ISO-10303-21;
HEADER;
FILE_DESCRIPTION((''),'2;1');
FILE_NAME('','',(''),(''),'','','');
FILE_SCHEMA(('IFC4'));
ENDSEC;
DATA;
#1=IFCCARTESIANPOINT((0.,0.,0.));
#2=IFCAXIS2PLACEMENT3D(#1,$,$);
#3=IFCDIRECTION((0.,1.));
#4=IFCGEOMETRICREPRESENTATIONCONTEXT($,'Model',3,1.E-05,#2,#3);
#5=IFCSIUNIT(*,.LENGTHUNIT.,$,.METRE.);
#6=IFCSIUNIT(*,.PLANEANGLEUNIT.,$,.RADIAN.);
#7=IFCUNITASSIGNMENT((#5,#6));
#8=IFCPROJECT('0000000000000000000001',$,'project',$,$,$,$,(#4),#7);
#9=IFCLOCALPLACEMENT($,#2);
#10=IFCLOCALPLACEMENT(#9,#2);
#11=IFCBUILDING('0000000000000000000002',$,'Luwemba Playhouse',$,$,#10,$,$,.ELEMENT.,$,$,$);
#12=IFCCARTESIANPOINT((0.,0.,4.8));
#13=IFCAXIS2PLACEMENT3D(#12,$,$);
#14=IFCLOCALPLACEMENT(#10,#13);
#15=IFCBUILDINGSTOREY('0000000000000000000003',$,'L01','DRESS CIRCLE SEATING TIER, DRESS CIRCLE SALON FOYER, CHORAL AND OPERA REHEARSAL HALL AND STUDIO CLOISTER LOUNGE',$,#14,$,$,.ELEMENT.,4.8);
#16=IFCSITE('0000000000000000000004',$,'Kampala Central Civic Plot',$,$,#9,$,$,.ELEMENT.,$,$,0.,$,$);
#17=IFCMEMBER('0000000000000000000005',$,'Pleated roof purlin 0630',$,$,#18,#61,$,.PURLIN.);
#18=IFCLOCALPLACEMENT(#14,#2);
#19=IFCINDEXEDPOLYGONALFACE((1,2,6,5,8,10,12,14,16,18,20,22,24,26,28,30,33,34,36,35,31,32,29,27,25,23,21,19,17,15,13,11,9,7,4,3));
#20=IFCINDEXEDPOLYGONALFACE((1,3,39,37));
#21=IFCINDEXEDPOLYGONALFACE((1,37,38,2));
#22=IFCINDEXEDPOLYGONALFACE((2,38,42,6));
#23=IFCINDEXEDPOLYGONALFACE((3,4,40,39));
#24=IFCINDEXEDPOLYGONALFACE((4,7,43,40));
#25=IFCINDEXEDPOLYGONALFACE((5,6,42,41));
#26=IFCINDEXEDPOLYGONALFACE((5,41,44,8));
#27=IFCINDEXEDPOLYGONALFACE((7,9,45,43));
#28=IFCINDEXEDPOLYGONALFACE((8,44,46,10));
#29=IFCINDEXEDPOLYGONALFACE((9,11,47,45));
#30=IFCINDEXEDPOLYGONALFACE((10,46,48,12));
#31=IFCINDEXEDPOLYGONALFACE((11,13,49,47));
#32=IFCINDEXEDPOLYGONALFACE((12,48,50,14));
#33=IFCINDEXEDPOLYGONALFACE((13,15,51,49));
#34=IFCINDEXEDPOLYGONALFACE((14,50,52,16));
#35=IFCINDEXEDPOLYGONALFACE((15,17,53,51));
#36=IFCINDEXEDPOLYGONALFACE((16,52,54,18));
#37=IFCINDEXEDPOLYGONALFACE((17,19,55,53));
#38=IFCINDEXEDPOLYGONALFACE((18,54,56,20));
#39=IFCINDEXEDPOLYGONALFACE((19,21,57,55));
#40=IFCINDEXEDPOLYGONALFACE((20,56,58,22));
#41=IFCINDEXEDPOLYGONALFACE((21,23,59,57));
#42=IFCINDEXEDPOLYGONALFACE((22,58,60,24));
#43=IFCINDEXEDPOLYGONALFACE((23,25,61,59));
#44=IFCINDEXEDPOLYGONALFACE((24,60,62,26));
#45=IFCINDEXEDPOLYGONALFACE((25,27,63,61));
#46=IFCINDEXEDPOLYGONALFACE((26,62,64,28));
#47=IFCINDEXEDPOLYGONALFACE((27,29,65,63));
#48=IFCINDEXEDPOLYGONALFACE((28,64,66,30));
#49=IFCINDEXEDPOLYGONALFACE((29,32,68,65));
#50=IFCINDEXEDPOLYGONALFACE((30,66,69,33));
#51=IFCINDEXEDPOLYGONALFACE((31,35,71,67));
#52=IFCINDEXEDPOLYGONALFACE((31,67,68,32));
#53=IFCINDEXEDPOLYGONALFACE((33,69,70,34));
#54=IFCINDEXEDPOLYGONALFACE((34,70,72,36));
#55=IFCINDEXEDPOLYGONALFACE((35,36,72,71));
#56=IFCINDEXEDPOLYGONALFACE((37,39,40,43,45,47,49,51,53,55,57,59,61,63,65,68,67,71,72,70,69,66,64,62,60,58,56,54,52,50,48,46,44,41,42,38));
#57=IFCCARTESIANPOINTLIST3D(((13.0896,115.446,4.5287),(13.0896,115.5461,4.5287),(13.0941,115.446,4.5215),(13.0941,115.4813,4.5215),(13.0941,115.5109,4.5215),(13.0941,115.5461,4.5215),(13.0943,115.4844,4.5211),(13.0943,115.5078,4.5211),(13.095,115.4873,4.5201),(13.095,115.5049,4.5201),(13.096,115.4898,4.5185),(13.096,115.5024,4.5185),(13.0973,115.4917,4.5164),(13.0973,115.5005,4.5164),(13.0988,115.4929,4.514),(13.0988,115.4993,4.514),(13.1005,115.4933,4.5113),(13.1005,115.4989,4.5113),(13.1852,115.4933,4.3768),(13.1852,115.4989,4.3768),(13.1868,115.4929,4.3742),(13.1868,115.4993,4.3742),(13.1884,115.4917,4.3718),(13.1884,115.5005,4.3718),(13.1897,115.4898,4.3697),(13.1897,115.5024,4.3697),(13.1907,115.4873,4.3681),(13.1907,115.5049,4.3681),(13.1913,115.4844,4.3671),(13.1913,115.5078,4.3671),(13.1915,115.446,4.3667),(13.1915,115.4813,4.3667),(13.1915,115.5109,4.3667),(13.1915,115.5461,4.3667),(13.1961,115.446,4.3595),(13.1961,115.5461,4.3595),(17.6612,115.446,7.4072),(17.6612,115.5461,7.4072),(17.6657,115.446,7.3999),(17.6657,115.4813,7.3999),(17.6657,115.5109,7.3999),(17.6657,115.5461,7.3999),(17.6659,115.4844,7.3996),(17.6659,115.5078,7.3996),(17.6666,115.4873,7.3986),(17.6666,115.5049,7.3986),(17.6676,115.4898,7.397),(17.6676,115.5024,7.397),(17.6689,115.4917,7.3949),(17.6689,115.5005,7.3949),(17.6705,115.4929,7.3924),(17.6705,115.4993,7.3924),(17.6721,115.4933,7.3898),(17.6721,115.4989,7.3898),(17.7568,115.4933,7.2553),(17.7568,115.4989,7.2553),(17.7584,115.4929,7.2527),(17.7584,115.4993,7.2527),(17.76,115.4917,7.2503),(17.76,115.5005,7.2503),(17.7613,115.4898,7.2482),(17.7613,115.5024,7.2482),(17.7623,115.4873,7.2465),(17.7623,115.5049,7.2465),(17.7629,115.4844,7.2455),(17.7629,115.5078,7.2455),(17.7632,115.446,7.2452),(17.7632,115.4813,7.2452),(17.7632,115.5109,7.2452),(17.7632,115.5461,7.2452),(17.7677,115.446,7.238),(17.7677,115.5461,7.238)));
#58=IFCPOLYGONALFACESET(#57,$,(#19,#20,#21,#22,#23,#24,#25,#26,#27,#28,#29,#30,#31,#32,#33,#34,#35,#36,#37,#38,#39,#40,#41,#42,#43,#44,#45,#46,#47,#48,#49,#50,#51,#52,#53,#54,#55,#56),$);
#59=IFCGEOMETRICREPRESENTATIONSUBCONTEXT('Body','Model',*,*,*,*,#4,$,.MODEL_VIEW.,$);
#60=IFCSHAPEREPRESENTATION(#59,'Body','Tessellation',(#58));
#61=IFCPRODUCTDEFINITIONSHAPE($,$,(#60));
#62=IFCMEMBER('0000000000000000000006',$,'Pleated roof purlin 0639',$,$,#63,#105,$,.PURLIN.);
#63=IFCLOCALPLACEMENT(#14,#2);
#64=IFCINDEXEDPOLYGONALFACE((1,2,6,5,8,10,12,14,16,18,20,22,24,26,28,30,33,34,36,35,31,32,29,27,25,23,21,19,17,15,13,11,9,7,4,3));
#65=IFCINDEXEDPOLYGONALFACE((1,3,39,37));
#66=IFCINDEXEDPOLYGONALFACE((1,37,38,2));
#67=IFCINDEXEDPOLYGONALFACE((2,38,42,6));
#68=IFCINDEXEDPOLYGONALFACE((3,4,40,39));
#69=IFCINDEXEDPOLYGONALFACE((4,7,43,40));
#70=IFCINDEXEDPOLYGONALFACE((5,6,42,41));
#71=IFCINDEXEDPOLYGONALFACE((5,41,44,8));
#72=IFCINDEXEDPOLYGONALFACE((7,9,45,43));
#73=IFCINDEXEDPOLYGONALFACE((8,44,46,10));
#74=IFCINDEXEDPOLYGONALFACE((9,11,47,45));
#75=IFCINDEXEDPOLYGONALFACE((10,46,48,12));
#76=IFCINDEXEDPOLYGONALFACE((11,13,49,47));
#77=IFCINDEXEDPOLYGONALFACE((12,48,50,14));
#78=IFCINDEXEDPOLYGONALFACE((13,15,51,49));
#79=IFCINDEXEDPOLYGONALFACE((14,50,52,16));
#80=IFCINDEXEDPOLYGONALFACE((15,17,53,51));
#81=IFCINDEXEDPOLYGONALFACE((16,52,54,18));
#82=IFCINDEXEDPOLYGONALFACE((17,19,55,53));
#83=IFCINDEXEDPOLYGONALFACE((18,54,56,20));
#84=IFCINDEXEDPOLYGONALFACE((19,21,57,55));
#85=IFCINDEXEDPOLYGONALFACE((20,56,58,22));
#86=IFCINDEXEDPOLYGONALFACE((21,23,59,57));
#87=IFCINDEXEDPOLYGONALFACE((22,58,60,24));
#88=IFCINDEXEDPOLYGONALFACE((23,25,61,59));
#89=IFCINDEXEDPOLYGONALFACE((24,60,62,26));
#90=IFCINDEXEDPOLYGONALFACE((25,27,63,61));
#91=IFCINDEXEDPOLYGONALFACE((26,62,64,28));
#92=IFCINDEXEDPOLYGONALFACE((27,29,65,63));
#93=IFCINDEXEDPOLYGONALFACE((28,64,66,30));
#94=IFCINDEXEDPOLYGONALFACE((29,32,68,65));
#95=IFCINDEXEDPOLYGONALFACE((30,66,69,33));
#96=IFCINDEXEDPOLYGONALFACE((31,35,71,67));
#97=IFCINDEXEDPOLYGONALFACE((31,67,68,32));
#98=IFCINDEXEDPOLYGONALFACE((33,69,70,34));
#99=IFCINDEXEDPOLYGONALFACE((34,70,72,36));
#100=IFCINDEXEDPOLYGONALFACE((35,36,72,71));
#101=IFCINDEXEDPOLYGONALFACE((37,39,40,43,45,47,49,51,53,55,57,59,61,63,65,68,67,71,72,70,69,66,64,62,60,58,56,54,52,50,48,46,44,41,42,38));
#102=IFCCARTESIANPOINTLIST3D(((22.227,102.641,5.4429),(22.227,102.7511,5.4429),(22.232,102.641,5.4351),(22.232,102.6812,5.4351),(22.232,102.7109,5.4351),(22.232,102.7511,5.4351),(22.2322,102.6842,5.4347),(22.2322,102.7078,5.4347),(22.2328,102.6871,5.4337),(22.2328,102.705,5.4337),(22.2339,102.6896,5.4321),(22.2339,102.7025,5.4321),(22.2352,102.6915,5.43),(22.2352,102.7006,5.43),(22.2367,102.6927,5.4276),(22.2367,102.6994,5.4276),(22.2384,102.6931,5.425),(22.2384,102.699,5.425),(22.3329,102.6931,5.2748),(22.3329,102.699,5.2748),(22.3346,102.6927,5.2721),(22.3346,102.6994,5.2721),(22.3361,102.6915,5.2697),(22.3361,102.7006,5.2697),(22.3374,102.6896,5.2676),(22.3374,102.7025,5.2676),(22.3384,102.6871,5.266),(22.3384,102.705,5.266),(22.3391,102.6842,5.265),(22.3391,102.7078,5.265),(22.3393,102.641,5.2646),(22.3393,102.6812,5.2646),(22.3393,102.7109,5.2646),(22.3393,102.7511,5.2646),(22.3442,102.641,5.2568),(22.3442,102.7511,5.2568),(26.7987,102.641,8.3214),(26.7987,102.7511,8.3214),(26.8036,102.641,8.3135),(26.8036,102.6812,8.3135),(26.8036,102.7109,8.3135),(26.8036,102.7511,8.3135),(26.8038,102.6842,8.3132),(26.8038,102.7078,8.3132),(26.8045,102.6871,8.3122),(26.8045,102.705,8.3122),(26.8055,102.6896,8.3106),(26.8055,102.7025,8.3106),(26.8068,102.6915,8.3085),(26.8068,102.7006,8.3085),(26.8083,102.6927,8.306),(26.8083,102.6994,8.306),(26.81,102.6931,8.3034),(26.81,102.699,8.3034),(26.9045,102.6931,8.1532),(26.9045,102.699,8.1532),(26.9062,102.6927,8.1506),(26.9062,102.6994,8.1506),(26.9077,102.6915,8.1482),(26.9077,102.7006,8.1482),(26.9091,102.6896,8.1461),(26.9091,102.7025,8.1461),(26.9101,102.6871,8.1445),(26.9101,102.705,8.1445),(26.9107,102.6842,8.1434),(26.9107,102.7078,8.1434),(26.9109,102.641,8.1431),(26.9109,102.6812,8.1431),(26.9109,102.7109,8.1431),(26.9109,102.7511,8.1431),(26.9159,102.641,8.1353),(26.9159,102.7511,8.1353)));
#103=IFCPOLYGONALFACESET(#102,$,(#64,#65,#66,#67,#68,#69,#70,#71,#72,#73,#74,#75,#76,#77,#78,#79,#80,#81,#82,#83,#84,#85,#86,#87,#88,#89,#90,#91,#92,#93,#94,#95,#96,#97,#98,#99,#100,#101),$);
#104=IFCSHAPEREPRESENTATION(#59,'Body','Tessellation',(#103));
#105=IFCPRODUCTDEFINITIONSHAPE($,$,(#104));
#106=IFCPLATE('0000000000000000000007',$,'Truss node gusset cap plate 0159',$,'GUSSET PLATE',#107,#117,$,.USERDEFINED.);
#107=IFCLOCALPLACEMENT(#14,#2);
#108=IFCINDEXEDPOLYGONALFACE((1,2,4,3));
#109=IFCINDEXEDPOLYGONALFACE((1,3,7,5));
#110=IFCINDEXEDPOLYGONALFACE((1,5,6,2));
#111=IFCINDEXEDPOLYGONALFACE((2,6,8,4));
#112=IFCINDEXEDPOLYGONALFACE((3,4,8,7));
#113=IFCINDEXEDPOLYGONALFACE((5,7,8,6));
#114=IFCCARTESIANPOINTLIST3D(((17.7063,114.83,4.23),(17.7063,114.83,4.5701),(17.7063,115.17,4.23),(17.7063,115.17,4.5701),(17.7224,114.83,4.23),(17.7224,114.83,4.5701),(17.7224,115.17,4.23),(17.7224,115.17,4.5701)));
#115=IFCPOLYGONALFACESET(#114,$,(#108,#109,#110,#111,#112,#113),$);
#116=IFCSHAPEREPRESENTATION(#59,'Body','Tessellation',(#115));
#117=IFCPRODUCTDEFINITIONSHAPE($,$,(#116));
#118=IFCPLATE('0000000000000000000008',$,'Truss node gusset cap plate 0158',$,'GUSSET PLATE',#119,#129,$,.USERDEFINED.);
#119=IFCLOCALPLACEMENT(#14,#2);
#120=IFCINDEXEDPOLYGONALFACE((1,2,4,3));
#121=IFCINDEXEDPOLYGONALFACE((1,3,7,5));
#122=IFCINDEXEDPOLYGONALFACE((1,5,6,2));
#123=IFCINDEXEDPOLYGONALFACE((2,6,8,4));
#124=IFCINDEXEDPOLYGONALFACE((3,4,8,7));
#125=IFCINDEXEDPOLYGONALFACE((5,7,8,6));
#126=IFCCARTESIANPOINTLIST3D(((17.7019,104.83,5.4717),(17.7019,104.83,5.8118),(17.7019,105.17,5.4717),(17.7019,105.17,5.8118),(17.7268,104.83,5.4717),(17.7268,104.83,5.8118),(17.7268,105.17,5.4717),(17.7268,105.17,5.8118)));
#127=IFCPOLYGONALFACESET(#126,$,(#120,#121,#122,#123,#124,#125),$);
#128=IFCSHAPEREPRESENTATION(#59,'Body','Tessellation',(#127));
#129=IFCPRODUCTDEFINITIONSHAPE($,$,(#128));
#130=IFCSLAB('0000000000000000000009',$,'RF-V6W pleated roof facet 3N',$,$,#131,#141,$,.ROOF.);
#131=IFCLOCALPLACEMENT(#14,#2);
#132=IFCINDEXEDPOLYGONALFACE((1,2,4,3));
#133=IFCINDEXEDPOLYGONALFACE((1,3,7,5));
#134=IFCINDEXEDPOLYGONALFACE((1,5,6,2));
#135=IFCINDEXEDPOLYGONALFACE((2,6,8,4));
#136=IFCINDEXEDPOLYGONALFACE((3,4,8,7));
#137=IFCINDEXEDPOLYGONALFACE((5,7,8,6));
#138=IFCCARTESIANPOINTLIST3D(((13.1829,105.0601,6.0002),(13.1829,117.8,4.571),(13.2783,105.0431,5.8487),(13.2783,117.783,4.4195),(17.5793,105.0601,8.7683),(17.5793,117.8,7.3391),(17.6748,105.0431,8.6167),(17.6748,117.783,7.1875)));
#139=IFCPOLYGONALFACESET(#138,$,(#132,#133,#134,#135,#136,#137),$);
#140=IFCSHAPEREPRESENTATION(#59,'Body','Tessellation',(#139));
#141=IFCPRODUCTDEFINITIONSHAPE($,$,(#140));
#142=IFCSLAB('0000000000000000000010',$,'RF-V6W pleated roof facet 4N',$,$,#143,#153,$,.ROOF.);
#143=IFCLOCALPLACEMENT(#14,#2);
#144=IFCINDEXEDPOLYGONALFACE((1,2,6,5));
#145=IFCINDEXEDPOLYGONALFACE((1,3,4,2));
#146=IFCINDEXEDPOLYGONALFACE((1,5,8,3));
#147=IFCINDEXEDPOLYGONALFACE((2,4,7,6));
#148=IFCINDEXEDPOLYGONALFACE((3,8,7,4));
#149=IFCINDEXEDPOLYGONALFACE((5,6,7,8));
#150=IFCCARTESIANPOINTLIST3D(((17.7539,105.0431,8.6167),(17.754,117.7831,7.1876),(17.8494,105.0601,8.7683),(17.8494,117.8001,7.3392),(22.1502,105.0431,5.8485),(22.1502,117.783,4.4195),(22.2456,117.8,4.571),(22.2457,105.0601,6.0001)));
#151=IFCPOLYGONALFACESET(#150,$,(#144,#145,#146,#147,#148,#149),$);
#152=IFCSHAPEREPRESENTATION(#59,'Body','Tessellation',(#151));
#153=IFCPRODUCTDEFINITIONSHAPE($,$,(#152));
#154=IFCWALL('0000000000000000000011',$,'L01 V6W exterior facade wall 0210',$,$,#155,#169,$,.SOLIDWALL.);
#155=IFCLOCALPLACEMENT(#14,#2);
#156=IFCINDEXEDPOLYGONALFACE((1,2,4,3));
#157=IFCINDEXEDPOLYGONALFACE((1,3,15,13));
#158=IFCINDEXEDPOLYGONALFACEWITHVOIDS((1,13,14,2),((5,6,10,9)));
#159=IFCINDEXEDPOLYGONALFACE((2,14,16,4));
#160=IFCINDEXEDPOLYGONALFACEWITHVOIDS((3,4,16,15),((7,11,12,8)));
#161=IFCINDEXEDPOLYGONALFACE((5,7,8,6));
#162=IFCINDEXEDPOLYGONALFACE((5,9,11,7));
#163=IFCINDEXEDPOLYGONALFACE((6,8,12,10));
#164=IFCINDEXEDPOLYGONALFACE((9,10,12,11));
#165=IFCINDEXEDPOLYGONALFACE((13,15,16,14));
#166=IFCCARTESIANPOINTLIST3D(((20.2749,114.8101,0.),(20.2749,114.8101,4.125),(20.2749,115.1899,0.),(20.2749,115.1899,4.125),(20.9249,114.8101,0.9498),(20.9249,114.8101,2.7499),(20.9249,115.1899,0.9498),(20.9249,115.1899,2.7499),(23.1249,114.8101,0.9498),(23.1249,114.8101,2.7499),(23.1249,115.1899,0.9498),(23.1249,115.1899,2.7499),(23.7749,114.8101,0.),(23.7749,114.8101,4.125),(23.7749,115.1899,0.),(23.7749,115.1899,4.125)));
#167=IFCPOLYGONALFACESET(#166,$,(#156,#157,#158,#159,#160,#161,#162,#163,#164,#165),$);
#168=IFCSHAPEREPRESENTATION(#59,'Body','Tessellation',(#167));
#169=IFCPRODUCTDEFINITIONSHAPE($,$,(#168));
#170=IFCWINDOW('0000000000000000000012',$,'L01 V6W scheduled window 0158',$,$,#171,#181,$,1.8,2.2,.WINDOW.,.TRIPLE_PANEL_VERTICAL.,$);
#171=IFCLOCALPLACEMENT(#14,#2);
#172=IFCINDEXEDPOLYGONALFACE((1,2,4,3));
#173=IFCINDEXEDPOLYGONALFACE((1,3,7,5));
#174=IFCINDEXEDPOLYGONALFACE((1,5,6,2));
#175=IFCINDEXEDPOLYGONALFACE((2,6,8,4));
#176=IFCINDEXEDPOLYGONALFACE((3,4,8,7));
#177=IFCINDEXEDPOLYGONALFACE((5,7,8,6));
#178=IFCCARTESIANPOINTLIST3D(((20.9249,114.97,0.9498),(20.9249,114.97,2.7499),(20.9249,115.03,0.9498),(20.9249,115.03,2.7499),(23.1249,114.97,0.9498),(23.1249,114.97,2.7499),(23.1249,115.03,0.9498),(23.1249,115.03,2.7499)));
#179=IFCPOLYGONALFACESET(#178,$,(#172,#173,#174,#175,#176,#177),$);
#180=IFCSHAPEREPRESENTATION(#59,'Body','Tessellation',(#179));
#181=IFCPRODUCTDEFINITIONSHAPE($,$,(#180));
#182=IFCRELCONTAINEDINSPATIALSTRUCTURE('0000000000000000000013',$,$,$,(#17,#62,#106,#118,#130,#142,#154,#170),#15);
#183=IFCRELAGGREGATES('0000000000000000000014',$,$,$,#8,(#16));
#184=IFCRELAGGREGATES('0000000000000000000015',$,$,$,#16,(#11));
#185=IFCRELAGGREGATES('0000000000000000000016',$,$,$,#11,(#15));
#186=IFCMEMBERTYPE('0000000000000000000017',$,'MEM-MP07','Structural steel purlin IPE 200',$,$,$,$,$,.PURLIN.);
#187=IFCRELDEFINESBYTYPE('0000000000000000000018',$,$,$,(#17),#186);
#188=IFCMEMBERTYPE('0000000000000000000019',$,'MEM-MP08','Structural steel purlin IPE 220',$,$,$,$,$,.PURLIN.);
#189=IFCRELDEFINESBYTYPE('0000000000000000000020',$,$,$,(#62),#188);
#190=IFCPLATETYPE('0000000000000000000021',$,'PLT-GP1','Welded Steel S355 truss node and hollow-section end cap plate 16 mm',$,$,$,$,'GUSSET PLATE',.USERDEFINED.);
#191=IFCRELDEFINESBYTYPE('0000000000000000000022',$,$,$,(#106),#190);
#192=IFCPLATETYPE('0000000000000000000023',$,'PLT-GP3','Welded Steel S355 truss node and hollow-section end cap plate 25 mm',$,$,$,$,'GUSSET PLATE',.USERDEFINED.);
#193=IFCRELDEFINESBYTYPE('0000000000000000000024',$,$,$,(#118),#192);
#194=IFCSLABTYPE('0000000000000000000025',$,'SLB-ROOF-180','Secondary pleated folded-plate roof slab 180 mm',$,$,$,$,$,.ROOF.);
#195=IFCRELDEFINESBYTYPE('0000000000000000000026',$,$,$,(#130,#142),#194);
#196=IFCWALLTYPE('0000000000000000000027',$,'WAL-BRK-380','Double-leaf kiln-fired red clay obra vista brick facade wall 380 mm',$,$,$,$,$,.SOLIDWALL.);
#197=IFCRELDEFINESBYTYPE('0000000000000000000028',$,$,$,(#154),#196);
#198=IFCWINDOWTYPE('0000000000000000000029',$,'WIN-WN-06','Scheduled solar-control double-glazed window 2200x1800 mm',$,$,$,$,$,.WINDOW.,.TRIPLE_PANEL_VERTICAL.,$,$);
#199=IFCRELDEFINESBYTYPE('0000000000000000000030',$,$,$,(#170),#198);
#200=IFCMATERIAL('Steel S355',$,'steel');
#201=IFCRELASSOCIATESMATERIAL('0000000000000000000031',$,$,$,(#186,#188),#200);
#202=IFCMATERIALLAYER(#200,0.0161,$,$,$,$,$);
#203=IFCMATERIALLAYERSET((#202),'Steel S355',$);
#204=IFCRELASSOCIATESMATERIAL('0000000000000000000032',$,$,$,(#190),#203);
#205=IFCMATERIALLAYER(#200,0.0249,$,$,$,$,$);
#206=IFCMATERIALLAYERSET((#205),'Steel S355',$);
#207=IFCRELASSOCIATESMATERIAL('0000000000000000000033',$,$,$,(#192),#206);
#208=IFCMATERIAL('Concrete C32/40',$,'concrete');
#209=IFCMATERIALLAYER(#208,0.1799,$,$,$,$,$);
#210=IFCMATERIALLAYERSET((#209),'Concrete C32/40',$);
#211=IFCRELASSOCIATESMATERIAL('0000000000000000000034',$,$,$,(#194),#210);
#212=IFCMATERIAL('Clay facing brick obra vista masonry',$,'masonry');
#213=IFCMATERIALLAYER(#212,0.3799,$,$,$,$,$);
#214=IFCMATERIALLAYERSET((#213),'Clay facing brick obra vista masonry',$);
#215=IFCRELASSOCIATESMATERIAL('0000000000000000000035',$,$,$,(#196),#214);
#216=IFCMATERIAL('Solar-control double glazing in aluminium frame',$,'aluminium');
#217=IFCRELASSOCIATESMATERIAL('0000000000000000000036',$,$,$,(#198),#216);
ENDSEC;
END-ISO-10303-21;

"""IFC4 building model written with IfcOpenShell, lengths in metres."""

from ifc_helpers import new_model, si_unit, direction, frame, frame_2d, origin, origin_2d, place, context, subcontext, project, spatial, polyline, rectangle, i_section, outline, extrude, material, layer, layer_set, material_profile, profile_set, type_object, element, fill, save


model = new_model("IFC4")

# Units and contexts
model_context = context("Model", 3, precision=1e-05, world=origin(), true_north=direction((0.0, 1.0)))
body_context = subcontext(model_context, "Body", "Model", "MODEL_VIEW")
ifc_project = project(units=[si_unit("LENGTHUNIT", "METRE"), si_unit("PLANEANGLEUNIT", "RADIAN")], contexts=[model_context])

# Site, building, storey
site_placement = place(None, origin())
site = spatial("IfcSite", under=ifc_project, at=site_placement, Name="Kampala Central Civic Plot", CompositionType="ELEMENT", RefElevation=0.0)
building_placement = place(site_placement, origin())
building = spatial("IfcBuilding", under=site, at=building_placement, Name="Luwemba Playhouse", CompositionType="ELEMENT")
storey_placement = place(building_placement, frame((0.0, 0.0, 4.8)))
storey = spatial("IfcBuildingStorey", under=building, at=storey_placement, Name="L01", Description="DRESS CIRCLE SEATING TIER, DRESS CIRCLE SALON FOYER, CHORAL AND OPERA REHEARSAL HALL AND STUDIO CLOISTER LOUNGE", CompositionType="ELEMENT", Elevation=4.8)

# Shared definitions
ifc_material_1 = material(Name="Steel S355", Category="steel")

# Members
ifc_material_profile_1 = material_profile(ifc_material_1, i_section(OverallWidth=0.1001, OverallDepth=0.2, WebThickness=0.0056, FlangeThickness=0.0085, FilletRadius=0.012, at=origin_2d()))
ifc_profile_set_1 = profile_set([ifc_material_profile_1], Name="Steel S355")
member_type_1 = type_object("IfcMemberType", Name="MEM-MP07", Description="Structural steel purlin IPE 200", PredefinedType="PURLIN", material=ifc_profile_set_1)
member_1_placement = place(storey_placement, frame((13.1428, 115.4961, 4.4441), z_axis=(0.846229, 0.0, 0.532819), x_axis=(0.0, 1.0, 0.0)))
element("IfcMember", 1, at=member_1_placement, inside=storey, type_object=member_type_1, Name="Pleated roof purlin 0630", PredefinedType="PURLIN", context=body_context, shape_type="SweptSolid", body=[
    extrude(i_section(OverallWidth=0.1001, OverallDepth=0.2, WebThickness=0.0056, FlangeThickness=0.0085, FilletRadius=0.012, at=origin_2d()), origin(), (0.0, 0.0, 1.0), 5.4023),
])
ifc_material_profile_2 = material_profile(ifc_material_1, i_section(OverallWidth=0.1101, OverallDepth=0.22, WebThickness=0.0059, FlangeThickness=0.0093, FilletRadius=0.012, at=origin_2d()))
ifc_profile_set_2 = profile_set([ifc_material_profile_2], Name="Steel S355")
member_type_2 = type_object("IfcMemberType", Name="MEM-MP08", Description="Structural steel purlin IPE 220", PredefinedType="PURLIN", material=ifc_profile_set_2)
member_2_placement = place(storey_placement, frame((22.2856, 102.696, 5.3499), z_axis=(0.846229, 0.0, 0.532819), x_axis=(0.0, 1.0, 0.0)))
element("IfcMember", 2, at=member_2_placement, inside=storey, type_object=member_type_2, Name="Pleated roof purlin 0639", PredefinedType="PURLIN", context=body_context, shape_type="SweptSolid", body=[
    extrude(i_section(OverallWidth=0.1101, OverallDepth=0.22, WebThickness=0.0059, FlangeThickness=0.0093, FilletRadius=0.012, at=origin_2d()), origin(), (0.0, 0.0, 1.0), 5.4023),
])

# Plates
ifc_layer_1 = layer(ifc_material_1, 0.0161)
ifc_layer_set_1 = layer_set([ifc_layer_1], Name="Steel S355")
plate_type_1 = type_object("IfcPlateType", Name="PLT-GP1", Description="Welded Steel S355 truss node and hollow-section end cap plate 16 mm", ElementType="GUSSET PLATE", PredefinedType="USERDEFINED", material=ifc_layer_set_1)
plate_1_placement = place(storey_placement, frame((17.7144, 115.0, 4.23), z_axis=(0.0, 0.0, 1.0), x_axis=(1.0, 0.0, 0.0)))
element("IfcPlate", 3, at=plate_1_placement, inside=storey, type_object=plate_type_1, Name="Truss node gusset cap plate 0159", ObjectType="GUSSET PLATE", PredefinedType="USERDEFINED", context=body_context, shape_type="SweptSolid", body=[
    extrude(rectangle(XDim=0.0161, YDim=0.3401, at=origin_2d()), origin(), (0.0, 0.0, 1.0), 0.3401),
])
ifc_layer_2 = layer(ifc_material_1, 0.0249)
ifc_layer_set_2 = layer_set([ifc_layer_2], Name="Steel S355")
plate_type_2 = type_object("IfcPlateType", Name="PLT-GP3", Description="Welded Steel S355 truss node and hollow-section end cap plate 25 mm", ElementType="GUSSET PLATE", PredefinedType="USERDEFINED", material=ifc_layer_set_2)
plate_2_placement = place(storey_placement, frame((17.7144, 105.0, 5.4717), z_axis=(0.0, 0.0, 1.0), x_axis=(1.0, 0.0, 0.0)))
element("IfcPlate", 4, at=plate_2_placement, inside=storey, type_object=plate_type_2, Name="Truss node gusset cap plate 0158", ObjectType="GUSSET PLATE", PredefinedType="USERDEFINED", context=body_context, shape_type="SweptSolid", body=[
    extrude(rectangle(XDim=0.0249, YDim=0.3401, at=origin_2d()), origin(), (0.0, 0.0, 1.0), 0.3401),
])

# Slabs
ifc_material_2 = material(Name="Concrete C32/40", Category="concrete")
ifc_layer_3 = layer(ifc_material_2, 0.1799)
ifc_layer_set_3 = layer_set([ifc_layer_3], Name="Concrete C32/40")
slab_type = type_object("IfcSlabType", Name="SLB-ROOF-180", Description="Secondary pleated folded-plate roof slab 180 mm", PredefinedType="ROOF", material=ifc_layer_set_3)
slab_1_placement = place(storey_placement, frame((13.1829, 105.0601, 6.0002), z_axis=(-0.530416, 0.094508, 0.842453), x_axis=(0.846241, 0.0, 0.532801)))
element("IfcSlab", 5, at=slab_1_placement, inside=storey, type_object=slab_type, Name="RF-V6W pleated roof facet 3N", PredefinedType="ROOF", context=body_context, shape_type="SweptSolid", body=[
    extrude(outline(polyline([(0.0, 0.0), (5.1953, 0.0), (4.4338, 12.7973), (-0.7615, 12.7973), (0.0, 0.0)])), origin(), (0.0, 0.0, -1.0), 0.1799),
])
slab_2_placement = place(storey_placement, frame((17.8494, 105.0601, 8.7683), z_axis=(0.530454, 0.094498, 0.84243), x_axis=(0.846217, 0.000002, -0.532839)))
element("IfcSlab", 6, at=slab_2_placement, inside=storey, type_object=slab_type, Name="RF-V6W pleated roof facet 4N", PredefinedType="ROOF", context=body_context, shape_type="SweptSolid", body=[
    extrude(outline(polyline([(0.0, 0.0), (5.1952, 0.0), (5.9567, 12.7972), (0.7616, 12.7973), (0.0, 0.0)])), origin(), (0.0, 0.0, -1.0), 0.1799),
])

# Wall, opening, window
ifc_material_3 = material(Name="Clay facing brick obra vista masonry", Category="masonry")
ifc_layer_4 = layer(ifc_material_3, 0.3799)
ifc_layer_set_4 = layer_set([ifc_layer_4], Name="Clay facing brick obra vista masonry")
wall_type_1 = type_object("IfcWallType", Name="WAL-BRK-380", Description="Double-leaf kiln-fired red clay obra vista brick facade wall 380 mm", PredefinedType="SOLIDWALL", material=ifc_layer_set_4)
wall_1_placement = place(storey_placement, frame((20.2749, 115.0, 0.0), z_axis=(0.0, 0.0, 1.0), x_axis=(1.0, 0.0, 0.0)))
wall_1 = element("IfcWall", 7, at=wall_1_placement, inside=storey, type_object=wall_type_1, Name="L01 V6W exterior facade wall 0210", PredefinedType="SOLIDWALL", context=body_context, shape_type="SweptSolid", body=[
    extrude(rectangle(XDim=3.5, YDim=0.3799, at=frame_2d((1.75, 0.0))), origin(), (0.0, 0.0, 1.0), 4.125),
])
opening_1_placement = place(wall_1_placement, frame((0.6499, 0.0, 0.95)))
opening_1 = element("IfcOpeningElement", 8, at=opening_1_placement, cuts=wall_1, PredefinedType="OPENING", context=body_context, shape_type="SweptSolid", body=[
    extrude(rectangle(XDim=2.2, YDim=1.8, at=frame_2d((1.1001, 0.8999))), frame((0.0, 0.2, 0.0), z_axis=(0.0, -1.0, 0.0), x_axis=(1.0, 0.0, 0.0)), (0.0, 0.0, 1.0), 0.3999),
])
ifc_material_4 = material(Name="Solar-control double glazing in aluminium frame", Category="aluminium")
window_type_1 = type_object("IfcWindowType", Name="WIN-WN-06", Description="Scheduled solar-control double-glazed window 2200x1800 mm", PartitioningType="TRIPLE_PANEL_VERTICAL", PredefinedType="WINDOW", material=ifc_material_4)
window_1_placement = place(opening_1_placement, origin())
window_1 = element("IfcWindow", 9, at=window_1_placement, inside=storey, type_object=window_type_1, Name="L01 V6W scheduled window 0158", OverallHeight=1.8, OverallWidth=2.2, PartitioningType="TRIPLE_PANEL_VERTICAL", PredefinedType="WINDOW", context=body_context, shape_type="SweptSolid", body=[
    extrude(rectangle(XDim=2.2, YDim=1.8, at=frame_2d((1.1001, 0.8999))), frame((0.0, 0.03, 0.0), z_axis=(0.0, -1.0, 0.0), x_axis=(1.0, 0.0, 0.0)), (0.0, 0.0, 1.0), 0.0601),
])
fill(opening_1, window_1)

save(model, "model.ifc")
